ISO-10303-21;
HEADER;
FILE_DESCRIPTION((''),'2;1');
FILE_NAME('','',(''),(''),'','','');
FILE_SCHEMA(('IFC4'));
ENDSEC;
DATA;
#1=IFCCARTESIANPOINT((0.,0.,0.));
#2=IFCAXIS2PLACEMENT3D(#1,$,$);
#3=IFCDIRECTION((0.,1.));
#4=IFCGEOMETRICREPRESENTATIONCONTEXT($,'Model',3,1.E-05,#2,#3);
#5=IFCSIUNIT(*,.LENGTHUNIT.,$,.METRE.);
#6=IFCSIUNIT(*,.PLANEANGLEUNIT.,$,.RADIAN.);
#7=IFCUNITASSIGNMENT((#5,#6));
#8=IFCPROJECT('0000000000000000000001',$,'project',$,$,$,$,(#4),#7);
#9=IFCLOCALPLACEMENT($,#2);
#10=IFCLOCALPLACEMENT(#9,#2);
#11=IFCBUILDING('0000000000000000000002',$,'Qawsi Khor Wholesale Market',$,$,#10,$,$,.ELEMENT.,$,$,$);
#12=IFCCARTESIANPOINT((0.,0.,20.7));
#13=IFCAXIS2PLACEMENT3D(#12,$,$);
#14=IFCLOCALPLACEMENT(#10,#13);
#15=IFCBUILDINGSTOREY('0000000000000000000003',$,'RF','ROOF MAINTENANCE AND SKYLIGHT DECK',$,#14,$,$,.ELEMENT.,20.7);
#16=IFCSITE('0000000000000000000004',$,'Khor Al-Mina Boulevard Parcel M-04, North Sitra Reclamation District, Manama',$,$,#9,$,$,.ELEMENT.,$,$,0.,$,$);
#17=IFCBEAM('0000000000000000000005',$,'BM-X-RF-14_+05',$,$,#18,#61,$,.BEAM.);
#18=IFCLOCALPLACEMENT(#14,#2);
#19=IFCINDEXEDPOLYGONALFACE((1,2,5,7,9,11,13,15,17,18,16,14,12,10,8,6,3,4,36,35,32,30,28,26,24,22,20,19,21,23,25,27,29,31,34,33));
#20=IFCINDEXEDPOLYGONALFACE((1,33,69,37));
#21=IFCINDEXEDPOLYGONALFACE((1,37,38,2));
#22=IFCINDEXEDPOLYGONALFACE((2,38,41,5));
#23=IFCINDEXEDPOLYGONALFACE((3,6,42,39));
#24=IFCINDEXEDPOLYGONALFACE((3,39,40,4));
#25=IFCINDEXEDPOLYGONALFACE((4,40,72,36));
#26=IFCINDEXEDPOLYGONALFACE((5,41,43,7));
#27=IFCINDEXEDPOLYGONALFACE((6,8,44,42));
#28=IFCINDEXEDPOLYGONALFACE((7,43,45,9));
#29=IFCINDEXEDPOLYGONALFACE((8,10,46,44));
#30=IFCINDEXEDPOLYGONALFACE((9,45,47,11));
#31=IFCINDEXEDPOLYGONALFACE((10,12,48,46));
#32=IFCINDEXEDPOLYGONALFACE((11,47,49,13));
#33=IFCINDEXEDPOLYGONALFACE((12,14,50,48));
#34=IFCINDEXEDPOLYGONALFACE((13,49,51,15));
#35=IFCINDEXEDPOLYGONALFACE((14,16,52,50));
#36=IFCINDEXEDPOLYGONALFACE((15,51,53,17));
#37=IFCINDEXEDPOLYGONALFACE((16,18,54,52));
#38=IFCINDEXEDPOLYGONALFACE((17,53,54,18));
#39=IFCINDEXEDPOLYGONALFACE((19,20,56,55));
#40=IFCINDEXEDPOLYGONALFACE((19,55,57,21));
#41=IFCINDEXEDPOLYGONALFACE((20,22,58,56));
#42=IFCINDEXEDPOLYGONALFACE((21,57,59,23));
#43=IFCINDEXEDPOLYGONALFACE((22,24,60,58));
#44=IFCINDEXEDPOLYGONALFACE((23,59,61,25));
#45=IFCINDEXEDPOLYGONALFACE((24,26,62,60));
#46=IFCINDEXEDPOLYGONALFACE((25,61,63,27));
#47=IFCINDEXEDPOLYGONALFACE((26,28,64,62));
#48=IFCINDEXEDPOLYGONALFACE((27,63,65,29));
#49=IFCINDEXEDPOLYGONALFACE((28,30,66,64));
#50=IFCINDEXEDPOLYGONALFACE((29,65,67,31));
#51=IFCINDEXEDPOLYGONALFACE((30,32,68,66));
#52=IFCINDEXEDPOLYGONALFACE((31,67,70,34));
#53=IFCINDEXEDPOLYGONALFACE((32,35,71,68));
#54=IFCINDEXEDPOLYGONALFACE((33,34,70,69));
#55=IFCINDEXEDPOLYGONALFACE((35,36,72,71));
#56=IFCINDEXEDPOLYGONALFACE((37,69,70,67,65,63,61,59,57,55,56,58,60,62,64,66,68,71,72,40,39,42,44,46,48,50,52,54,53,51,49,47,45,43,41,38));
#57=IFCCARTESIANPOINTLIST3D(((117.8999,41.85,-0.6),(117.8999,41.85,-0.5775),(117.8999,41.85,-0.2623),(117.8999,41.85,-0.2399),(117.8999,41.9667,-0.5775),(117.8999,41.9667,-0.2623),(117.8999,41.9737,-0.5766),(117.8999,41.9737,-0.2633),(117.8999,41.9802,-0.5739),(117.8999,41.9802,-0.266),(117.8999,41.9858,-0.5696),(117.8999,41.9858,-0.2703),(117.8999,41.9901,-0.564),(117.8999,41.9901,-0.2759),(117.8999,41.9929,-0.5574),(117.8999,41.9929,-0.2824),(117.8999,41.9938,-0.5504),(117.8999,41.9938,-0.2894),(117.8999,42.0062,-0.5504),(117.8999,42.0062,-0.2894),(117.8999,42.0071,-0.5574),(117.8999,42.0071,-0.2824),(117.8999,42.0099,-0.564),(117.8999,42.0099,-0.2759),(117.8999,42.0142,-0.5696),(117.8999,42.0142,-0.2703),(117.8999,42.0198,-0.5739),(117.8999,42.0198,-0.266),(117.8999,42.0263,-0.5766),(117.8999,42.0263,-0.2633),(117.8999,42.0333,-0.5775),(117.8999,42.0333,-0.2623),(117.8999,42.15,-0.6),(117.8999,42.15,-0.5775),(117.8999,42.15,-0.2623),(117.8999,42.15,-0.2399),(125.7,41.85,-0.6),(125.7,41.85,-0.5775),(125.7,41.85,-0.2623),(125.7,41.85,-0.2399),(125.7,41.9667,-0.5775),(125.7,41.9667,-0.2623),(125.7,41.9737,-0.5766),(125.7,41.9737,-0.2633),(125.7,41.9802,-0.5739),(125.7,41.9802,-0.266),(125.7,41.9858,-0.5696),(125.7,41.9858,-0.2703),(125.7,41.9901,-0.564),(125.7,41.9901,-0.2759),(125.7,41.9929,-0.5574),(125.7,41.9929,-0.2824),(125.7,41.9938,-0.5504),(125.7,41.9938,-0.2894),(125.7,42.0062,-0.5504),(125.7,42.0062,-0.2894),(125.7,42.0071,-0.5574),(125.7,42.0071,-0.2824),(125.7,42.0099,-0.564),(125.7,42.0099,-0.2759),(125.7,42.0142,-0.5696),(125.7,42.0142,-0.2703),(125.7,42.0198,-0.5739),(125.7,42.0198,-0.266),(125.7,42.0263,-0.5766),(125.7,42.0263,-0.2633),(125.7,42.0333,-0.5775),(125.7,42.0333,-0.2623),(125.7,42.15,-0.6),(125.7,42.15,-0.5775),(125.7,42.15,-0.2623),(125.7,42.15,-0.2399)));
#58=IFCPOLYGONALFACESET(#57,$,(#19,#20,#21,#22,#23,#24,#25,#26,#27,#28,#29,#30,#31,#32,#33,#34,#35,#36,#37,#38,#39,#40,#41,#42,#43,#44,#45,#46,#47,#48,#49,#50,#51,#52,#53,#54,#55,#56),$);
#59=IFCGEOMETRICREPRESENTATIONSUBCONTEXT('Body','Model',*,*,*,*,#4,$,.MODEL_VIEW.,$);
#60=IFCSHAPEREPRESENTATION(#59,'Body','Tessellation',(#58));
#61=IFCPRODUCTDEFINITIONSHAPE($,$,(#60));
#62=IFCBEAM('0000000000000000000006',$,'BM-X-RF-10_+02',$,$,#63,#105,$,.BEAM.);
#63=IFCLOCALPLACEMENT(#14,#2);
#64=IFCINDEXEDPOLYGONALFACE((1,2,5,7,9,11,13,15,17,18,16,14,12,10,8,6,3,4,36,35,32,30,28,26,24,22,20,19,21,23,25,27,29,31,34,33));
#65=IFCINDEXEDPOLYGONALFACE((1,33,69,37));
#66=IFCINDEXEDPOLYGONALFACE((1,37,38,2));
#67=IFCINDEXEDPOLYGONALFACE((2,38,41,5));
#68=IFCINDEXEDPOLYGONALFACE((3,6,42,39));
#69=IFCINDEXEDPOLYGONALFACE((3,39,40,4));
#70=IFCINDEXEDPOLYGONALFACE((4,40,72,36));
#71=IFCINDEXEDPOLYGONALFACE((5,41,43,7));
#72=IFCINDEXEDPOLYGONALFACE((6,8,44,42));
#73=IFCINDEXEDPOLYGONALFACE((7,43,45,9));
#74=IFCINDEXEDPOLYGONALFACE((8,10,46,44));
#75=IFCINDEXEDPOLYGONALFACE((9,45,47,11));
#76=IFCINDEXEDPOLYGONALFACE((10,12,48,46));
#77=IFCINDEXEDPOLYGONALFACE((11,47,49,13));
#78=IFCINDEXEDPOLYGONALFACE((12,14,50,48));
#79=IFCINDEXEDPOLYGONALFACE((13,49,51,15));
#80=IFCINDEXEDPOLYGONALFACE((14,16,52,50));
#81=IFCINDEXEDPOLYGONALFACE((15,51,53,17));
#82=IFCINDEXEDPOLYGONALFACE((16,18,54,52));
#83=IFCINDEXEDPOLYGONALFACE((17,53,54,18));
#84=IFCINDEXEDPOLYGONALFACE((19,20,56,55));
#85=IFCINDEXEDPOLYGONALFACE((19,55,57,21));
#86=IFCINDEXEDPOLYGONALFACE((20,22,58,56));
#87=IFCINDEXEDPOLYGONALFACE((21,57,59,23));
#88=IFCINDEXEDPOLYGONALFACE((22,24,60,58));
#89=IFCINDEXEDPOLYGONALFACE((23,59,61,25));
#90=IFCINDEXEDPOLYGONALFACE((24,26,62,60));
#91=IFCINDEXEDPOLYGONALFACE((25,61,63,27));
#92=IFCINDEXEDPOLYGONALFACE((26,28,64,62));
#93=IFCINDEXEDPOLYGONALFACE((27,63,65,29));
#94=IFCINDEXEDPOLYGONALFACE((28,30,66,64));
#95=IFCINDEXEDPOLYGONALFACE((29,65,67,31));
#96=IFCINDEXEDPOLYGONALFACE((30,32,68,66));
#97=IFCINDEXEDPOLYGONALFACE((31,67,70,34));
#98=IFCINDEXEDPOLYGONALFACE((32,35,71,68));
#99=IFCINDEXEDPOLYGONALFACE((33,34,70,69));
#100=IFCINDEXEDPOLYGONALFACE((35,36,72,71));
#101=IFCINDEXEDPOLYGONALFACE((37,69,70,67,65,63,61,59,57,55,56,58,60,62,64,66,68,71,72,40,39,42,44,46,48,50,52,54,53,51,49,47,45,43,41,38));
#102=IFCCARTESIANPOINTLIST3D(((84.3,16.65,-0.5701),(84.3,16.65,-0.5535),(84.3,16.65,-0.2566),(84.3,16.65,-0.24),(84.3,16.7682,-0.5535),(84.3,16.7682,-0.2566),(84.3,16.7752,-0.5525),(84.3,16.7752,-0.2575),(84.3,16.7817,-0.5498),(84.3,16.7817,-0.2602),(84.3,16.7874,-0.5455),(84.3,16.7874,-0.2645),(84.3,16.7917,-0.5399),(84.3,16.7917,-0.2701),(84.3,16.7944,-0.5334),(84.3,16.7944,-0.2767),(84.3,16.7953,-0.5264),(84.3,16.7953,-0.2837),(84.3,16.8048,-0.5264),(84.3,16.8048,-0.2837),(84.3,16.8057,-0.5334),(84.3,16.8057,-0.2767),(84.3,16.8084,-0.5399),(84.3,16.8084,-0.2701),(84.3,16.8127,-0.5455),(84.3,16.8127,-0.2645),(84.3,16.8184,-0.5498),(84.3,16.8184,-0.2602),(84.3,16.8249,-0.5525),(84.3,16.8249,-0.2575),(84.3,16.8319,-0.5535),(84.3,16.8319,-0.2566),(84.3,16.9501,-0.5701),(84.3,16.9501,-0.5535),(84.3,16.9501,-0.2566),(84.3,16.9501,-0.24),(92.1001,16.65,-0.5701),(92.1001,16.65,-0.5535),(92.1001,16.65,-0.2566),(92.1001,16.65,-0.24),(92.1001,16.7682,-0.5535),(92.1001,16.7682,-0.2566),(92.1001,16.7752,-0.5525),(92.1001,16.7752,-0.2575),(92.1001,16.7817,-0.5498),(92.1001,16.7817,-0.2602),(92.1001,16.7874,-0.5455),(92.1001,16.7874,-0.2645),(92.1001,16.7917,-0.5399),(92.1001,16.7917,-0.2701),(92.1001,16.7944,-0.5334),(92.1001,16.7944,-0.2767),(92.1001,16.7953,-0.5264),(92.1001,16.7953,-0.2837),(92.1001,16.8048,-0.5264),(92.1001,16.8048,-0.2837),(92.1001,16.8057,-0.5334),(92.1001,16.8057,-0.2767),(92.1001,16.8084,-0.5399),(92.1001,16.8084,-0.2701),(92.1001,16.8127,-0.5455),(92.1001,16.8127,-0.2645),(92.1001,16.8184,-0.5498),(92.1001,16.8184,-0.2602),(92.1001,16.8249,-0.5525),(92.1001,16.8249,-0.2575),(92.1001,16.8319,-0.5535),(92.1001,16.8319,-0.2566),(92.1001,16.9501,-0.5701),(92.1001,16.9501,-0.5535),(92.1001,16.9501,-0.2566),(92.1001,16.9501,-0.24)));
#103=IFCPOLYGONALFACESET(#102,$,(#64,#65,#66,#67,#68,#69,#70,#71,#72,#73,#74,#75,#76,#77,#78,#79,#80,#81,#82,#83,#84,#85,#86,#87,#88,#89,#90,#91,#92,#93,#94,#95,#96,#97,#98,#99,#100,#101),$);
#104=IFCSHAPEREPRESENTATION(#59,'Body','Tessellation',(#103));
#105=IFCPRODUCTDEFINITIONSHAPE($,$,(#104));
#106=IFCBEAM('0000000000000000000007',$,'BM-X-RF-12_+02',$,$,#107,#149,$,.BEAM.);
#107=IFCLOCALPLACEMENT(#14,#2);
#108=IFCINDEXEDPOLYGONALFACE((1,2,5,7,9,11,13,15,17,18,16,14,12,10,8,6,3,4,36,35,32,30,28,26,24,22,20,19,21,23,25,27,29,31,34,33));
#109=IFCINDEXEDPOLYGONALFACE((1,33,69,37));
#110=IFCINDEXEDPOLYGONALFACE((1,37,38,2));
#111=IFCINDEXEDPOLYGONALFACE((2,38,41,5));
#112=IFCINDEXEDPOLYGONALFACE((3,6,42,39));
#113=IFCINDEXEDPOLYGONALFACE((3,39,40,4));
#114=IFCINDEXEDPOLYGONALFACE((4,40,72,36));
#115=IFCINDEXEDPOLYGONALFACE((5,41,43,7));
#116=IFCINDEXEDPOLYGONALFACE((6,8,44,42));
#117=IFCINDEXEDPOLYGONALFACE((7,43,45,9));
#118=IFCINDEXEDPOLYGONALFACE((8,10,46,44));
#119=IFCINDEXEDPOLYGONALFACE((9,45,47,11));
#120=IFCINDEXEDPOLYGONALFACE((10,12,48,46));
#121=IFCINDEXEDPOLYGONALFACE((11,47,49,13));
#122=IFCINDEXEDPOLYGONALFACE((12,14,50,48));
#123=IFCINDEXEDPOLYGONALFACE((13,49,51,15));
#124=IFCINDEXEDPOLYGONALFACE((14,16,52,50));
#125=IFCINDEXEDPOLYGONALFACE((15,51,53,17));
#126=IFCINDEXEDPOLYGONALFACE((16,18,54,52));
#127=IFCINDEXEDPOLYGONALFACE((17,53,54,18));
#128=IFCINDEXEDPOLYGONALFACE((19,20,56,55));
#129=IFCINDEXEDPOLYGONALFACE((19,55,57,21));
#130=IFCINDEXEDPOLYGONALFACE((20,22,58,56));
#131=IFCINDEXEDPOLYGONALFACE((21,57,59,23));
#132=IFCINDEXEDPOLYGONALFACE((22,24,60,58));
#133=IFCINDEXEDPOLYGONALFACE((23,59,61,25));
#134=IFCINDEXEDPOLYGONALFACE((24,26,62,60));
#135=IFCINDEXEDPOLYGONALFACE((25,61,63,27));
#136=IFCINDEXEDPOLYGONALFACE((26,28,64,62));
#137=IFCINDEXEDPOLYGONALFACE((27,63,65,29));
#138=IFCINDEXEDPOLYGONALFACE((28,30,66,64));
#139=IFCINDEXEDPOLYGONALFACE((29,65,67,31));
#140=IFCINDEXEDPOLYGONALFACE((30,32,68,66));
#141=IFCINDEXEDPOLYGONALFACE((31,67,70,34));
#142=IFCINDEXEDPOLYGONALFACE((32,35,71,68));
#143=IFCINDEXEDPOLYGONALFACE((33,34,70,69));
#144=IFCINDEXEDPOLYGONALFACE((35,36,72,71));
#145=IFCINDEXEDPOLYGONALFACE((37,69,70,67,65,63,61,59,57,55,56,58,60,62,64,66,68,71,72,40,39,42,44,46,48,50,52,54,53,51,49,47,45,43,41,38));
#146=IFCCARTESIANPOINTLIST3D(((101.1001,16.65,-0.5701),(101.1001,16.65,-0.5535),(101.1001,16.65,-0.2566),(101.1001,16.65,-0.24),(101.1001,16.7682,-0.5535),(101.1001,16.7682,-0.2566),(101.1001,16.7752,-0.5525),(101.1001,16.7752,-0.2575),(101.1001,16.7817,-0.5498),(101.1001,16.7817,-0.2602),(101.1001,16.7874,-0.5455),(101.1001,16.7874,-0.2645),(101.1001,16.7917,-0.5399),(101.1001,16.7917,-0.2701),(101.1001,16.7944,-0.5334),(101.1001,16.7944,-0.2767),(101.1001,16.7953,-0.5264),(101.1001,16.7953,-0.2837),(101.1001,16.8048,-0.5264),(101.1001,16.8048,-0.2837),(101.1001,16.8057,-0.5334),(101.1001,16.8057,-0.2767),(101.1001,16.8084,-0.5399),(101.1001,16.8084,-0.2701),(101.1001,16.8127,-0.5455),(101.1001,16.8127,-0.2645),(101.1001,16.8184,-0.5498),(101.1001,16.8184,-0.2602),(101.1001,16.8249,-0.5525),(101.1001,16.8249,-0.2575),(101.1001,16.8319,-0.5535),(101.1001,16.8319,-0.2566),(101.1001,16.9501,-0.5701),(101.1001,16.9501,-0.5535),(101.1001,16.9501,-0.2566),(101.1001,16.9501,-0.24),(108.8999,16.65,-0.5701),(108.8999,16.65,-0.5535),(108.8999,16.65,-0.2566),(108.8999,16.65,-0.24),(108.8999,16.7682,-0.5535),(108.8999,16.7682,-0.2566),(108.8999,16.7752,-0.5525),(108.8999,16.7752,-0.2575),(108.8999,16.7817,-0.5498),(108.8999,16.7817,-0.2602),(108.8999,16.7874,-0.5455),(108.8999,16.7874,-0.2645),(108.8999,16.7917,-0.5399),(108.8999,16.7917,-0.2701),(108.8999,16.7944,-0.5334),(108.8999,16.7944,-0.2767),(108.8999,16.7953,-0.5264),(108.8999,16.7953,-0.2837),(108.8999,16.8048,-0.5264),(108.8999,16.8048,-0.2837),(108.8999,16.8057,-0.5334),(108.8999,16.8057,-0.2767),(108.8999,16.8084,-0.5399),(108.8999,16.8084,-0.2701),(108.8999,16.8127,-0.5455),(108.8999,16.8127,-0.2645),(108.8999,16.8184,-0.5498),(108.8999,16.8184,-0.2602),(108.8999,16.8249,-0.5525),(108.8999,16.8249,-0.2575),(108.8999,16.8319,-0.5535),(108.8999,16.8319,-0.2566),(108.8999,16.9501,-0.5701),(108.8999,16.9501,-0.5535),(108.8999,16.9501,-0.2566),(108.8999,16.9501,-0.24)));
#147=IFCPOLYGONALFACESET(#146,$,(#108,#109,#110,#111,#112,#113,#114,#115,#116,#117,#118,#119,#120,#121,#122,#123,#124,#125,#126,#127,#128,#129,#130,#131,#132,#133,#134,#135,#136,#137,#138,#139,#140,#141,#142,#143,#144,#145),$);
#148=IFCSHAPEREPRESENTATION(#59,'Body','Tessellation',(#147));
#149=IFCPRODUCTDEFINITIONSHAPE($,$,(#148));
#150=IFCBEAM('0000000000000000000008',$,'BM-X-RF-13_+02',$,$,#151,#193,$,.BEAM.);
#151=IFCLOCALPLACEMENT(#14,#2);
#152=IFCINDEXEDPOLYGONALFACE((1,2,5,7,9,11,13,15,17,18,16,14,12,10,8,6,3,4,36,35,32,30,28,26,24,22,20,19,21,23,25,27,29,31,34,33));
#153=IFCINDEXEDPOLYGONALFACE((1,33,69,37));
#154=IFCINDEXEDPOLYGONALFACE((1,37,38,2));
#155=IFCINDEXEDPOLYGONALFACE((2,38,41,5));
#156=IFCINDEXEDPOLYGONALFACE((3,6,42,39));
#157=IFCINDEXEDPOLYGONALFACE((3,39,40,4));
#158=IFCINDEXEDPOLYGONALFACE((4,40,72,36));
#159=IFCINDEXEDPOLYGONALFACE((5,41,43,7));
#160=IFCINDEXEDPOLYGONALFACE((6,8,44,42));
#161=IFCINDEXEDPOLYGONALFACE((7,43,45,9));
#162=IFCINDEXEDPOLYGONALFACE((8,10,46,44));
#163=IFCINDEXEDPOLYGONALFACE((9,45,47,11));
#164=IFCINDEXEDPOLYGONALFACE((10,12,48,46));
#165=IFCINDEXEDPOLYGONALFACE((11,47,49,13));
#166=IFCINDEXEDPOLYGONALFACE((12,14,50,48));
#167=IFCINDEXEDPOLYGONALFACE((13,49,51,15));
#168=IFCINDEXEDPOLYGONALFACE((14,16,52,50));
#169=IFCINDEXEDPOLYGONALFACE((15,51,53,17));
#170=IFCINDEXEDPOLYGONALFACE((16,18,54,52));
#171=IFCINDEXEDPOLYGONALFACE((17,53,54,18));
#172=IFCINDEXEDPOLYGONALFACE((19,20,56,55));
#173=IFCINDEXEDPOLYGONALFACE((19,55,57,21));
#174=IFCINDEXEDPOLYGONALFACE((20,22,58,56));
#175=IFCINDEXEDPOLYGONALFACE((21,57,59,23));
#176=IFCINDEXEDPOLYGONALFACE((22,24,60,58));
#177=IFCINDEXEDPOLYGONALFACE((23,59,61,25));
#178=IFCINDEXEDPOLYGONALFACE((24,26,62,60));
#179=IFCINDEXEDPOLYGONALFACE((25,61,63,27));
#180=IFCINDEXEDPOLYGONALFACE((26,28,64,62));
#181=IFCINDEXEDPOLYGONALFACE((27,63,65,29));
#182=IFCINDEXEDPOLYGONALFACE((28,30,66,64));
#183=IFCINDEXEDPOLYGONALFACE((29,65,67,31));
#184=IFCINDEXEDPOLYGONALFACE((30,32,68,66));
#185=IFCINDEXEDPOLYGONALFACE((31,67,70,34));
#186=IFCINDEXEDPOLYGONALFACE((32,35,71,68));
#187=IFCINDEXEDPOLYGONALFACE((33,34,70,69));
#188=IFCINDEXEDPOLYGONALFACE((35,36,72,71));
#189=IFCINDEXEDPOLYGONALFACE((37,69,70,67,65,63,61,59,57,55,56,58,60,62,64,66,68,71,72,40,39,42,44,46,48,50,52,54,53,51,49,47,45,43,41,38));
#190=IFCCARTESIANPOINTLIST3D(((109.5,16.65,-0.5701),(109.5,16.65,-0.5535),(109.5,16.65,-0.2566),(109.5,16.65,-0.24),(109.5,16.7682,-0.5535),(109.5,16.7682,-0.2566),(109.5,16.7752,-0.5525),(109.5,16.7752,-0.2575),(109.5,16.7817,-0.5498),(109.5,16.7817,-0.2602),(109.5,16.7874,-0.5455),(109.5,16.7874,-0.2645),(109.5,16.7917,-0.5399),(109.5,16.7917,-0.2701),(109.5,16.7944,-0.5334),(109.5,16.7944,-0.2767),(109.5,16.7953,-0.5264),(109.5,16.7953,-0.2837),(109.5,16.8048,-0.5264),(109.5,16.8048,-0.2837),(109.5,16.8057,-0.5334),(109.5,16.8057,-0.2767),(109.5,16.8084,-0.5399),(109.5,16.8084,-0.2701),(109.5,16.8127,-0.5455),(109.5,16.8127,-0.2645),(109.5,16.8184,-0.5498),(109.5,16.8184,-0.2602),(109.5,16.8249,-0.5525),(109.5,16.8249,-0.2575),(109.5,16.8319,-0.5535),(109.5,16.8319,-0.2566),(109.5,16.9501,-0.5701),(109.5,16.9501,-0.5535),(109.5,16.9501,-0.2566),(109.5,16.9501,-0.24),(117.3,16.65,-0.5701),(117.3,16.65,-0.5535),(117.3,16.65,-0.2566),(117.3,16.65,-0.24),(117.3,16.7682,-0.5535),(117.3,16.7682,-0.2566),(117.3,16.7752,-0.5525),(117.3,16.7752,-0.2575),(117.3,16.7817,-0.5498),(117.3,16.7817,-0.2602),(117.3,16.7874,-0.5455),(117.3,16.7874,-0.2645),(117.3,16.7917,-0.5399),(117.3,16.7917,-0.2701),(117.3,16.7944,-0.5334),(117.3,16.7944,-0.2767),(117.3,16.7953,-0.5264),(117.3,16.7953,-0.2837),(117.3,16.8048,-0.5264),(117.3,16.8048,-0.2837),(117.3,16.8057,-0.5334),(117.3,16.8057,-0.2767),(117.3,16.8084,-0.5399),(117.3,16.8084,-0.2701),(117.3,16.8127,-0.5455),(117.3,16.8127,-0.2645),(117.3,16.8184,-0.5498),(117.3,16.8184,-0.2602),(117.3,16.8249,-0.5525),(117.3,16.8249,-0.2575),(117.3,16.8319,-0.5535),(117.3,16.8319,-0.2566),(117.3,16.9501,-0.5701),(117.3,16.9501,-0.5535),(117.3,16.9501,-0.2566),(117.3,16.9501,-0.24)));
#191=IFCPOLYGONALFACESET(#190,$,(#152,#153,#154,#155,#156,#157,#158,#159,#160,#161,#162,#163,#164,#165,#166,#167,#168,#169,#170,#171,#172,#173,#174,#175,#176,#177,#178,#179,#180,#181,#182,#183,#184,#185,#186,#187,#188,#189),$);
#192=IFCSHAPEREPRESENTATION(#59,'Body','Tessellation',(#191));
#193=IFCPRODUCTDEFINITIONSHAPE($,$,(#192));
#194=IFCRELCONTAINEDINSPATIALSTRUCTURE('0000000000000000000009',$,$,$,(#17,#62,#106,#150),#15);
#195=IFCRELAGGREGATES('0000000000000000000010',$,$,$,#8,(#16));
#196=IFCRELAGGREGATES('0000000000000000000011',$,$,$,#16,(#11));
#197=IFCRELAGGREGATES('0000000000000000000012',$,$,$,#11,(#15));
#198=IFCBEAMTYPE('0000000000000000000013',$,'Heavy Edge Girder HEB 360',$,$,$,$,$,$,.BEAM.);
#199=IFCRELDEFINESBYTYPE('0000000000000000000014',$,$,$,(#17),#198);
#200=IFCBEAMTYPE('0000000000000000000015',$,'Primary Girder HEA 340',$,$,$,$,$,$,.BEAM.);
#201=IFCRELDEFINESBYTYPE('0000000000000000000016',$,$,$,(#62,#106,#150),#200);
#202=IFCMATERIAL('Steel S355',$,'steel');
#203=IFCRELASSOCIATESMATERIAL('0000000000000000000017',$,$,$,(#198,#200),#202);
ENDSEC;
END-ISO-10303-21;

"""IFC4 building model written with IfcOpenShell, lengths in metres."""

from ifc_helpers import new_model, si_unit, direction, frame, origin, origin_2d, place, context, subcontext, project, spatial, i_section, extrude, material, material_profile, profile_set, type_object, element, save


model = new_model("IFC4")

# Units and contexts
model_context = context("Model", 3, precision=1e-05, world=origin(), true_north=direction((0.0, 1.0)))
body_context = subcontext(model_context, "Body", "Model", "MODEL_VIEW")
ifc_project = project(units=[si_unit("LENGTHUNIT", "METRE"), si_unit("PLANEANGLEUNIT", "RADIAN")], contexts=[model_context])

# Site, building, storey
site_placement = place(None, origin())
site = spatial("IfcSite", under=ifc_project, at=site_placement, Name="Khor Al-Mina Boulevard Parcel M-04, North Sitra Reclamation District, Manama", CompositionType="ELEMENT", RefElevation=0.0)
building_placement = place(site_placement, origin())
building = spatial("IfcBuilding", under=site, at=building_placement, Name="Qawsi Khor Wholesale Market", CompositionType="ELEMENT")
storey_placement = place(building_placement, frame((0.0, 0.0, 20.7)))
storey = spatial("IfcBuildingStorey", under=building, at=storey_placement, Name="RF", Description="ROOF MAINTENANCE AND SKYLIGHT DECK", CompositionType="ELEMENT", Elevation=20.7)

# Beams
ifc_material_1 = material(Name="Steel S355", Category="steel")
ifc_material_profile_1 = material_profile(ifc_material_1, i_section(OverallWidth=0.3, OverallDepth=0.3601, WebThickness=0.0125, FlangeThickness=0.0225, FilletRadius=0.0271, at=origin_2d()), Name="HEB 360")
ifc_profile_set_1 = profile_set([ifc_material_profile_1], Name="Steel S355")
beam_type_1 = type_object("IfcBeamType", Name="Heavy Edge Girder HEB 360", PredefinedType="BEAM", material=ifc_profile_set_1)
for number, where, z_axis, x_axis, name in (
    (1, (117.8999, 42.0, -0.4199), (1.0, 0.0, 0.0), (0.0, 1.0, 0.0), "BM-X-RF-14_+05"),
):
    element("IfcBeam", number, at=place(storey_placement, frame(where, z_axis=z_axis, x_axis=x_axis)), inside=storey, type_object=beam_type_1, Name=name, PredefinedType="BEAM", context=body_context, shape_type="SweptSolid", body=[
        extrude(i_section(OverallWidth=0.3, OverallDepth=0.3601, WebThickness=0.0125, FlangeThickness=0.0225, FilletRadius=0.0271, at=origin_2d()), origin(), (0.0, 0.0, 1.0), 7.8),
    ])
ifc_material_profile_2 = material_profile(ifc_material_1, i_section(OverallWidth=0.3, OverallDepth=0.3301, WebThickness=0.0095, FlangeThickness=0.0166, FilletRadius=0.0271, at=origin_2d()), Name="HEA 340")
ifc_profile_set_2 = profile_set([ifc_material_profile_2], Name="Steel S355")
beam_type_2 = type_object("IfcBeamType", Name="Primary Girder HEA 340", PredefinedType="BEAM", material=ifc_profile_set_2)
beam_1_placement = place(storey_placement, frame((84.3, 16.8, -0.405), z_axis=(1.0, 0.0, 0.0), x_axis=(0.0, 1.0, 0.0)))
element("IfcBeam", 2, at=beam_1_placement, inside=storey, type_object=beam_type_2, Name="BM-X-RF-10_+02", PredefinedType="BEAM", context=body_context, shape_type="SweptSolid", body=[
    extrude(i_section(OverallWidth=0.3, OverallDepth=0.3301, WebThickness=0.0095, FlangeThickness=0.0166, FilletRadius=0.0271, at=origin_2d()), origin(), (0.0, 0.0, 1.0), 7.8),
])
beam_2_placement = place(storey_placement, frame((101.1001, 16.8, -0.405), z_axis=(1.0, 0.0, 0.0), x_axis=(0.0, 1.0, 0.0)))
element("IfcBeam", 3, at=beam_2_placement, inside=storey, type_object=beam_type_2, Name="BM-X-RF-12_+02", PredefinedType="BEAM", context=body_context, shape_type="SweptSolid", body=[
    extrude(i_section(OverallWidth=0.3, OverallDepth=0.3301, WebThickness=0.0095, FlangeThickness=0.0166, FilletRadius=0.0271, at=origin_2d()), origin(), (0.0, 0.0, 1.0), 7.7998),
])
beam_3_placement = place(storey_placement, frame((109.5, 16.8, -0.405), z_axis=(1.0, 0.0, 0.0), x_axis=(0.0, 1.0, 0.0)))
element("IfcBeam", 4, at=beam_3_placement, inside=storey, type_object=beam_type_2, Name="BM-X-RF-13_+02", PredefinedType="BEAM", context=body_context, shape_type="SweptSolid", body=[
    extrude(i_section(OverallWidth=0.3, OverallDepth=0.3301, WebThickness=0.0095, FlangeThickness=0.0166, FilletRadius=0.0271, at=origin_2d()), origin(), (0.0, 0.0, 1.0), 7.8),
])

save(model, "model.ifc")
